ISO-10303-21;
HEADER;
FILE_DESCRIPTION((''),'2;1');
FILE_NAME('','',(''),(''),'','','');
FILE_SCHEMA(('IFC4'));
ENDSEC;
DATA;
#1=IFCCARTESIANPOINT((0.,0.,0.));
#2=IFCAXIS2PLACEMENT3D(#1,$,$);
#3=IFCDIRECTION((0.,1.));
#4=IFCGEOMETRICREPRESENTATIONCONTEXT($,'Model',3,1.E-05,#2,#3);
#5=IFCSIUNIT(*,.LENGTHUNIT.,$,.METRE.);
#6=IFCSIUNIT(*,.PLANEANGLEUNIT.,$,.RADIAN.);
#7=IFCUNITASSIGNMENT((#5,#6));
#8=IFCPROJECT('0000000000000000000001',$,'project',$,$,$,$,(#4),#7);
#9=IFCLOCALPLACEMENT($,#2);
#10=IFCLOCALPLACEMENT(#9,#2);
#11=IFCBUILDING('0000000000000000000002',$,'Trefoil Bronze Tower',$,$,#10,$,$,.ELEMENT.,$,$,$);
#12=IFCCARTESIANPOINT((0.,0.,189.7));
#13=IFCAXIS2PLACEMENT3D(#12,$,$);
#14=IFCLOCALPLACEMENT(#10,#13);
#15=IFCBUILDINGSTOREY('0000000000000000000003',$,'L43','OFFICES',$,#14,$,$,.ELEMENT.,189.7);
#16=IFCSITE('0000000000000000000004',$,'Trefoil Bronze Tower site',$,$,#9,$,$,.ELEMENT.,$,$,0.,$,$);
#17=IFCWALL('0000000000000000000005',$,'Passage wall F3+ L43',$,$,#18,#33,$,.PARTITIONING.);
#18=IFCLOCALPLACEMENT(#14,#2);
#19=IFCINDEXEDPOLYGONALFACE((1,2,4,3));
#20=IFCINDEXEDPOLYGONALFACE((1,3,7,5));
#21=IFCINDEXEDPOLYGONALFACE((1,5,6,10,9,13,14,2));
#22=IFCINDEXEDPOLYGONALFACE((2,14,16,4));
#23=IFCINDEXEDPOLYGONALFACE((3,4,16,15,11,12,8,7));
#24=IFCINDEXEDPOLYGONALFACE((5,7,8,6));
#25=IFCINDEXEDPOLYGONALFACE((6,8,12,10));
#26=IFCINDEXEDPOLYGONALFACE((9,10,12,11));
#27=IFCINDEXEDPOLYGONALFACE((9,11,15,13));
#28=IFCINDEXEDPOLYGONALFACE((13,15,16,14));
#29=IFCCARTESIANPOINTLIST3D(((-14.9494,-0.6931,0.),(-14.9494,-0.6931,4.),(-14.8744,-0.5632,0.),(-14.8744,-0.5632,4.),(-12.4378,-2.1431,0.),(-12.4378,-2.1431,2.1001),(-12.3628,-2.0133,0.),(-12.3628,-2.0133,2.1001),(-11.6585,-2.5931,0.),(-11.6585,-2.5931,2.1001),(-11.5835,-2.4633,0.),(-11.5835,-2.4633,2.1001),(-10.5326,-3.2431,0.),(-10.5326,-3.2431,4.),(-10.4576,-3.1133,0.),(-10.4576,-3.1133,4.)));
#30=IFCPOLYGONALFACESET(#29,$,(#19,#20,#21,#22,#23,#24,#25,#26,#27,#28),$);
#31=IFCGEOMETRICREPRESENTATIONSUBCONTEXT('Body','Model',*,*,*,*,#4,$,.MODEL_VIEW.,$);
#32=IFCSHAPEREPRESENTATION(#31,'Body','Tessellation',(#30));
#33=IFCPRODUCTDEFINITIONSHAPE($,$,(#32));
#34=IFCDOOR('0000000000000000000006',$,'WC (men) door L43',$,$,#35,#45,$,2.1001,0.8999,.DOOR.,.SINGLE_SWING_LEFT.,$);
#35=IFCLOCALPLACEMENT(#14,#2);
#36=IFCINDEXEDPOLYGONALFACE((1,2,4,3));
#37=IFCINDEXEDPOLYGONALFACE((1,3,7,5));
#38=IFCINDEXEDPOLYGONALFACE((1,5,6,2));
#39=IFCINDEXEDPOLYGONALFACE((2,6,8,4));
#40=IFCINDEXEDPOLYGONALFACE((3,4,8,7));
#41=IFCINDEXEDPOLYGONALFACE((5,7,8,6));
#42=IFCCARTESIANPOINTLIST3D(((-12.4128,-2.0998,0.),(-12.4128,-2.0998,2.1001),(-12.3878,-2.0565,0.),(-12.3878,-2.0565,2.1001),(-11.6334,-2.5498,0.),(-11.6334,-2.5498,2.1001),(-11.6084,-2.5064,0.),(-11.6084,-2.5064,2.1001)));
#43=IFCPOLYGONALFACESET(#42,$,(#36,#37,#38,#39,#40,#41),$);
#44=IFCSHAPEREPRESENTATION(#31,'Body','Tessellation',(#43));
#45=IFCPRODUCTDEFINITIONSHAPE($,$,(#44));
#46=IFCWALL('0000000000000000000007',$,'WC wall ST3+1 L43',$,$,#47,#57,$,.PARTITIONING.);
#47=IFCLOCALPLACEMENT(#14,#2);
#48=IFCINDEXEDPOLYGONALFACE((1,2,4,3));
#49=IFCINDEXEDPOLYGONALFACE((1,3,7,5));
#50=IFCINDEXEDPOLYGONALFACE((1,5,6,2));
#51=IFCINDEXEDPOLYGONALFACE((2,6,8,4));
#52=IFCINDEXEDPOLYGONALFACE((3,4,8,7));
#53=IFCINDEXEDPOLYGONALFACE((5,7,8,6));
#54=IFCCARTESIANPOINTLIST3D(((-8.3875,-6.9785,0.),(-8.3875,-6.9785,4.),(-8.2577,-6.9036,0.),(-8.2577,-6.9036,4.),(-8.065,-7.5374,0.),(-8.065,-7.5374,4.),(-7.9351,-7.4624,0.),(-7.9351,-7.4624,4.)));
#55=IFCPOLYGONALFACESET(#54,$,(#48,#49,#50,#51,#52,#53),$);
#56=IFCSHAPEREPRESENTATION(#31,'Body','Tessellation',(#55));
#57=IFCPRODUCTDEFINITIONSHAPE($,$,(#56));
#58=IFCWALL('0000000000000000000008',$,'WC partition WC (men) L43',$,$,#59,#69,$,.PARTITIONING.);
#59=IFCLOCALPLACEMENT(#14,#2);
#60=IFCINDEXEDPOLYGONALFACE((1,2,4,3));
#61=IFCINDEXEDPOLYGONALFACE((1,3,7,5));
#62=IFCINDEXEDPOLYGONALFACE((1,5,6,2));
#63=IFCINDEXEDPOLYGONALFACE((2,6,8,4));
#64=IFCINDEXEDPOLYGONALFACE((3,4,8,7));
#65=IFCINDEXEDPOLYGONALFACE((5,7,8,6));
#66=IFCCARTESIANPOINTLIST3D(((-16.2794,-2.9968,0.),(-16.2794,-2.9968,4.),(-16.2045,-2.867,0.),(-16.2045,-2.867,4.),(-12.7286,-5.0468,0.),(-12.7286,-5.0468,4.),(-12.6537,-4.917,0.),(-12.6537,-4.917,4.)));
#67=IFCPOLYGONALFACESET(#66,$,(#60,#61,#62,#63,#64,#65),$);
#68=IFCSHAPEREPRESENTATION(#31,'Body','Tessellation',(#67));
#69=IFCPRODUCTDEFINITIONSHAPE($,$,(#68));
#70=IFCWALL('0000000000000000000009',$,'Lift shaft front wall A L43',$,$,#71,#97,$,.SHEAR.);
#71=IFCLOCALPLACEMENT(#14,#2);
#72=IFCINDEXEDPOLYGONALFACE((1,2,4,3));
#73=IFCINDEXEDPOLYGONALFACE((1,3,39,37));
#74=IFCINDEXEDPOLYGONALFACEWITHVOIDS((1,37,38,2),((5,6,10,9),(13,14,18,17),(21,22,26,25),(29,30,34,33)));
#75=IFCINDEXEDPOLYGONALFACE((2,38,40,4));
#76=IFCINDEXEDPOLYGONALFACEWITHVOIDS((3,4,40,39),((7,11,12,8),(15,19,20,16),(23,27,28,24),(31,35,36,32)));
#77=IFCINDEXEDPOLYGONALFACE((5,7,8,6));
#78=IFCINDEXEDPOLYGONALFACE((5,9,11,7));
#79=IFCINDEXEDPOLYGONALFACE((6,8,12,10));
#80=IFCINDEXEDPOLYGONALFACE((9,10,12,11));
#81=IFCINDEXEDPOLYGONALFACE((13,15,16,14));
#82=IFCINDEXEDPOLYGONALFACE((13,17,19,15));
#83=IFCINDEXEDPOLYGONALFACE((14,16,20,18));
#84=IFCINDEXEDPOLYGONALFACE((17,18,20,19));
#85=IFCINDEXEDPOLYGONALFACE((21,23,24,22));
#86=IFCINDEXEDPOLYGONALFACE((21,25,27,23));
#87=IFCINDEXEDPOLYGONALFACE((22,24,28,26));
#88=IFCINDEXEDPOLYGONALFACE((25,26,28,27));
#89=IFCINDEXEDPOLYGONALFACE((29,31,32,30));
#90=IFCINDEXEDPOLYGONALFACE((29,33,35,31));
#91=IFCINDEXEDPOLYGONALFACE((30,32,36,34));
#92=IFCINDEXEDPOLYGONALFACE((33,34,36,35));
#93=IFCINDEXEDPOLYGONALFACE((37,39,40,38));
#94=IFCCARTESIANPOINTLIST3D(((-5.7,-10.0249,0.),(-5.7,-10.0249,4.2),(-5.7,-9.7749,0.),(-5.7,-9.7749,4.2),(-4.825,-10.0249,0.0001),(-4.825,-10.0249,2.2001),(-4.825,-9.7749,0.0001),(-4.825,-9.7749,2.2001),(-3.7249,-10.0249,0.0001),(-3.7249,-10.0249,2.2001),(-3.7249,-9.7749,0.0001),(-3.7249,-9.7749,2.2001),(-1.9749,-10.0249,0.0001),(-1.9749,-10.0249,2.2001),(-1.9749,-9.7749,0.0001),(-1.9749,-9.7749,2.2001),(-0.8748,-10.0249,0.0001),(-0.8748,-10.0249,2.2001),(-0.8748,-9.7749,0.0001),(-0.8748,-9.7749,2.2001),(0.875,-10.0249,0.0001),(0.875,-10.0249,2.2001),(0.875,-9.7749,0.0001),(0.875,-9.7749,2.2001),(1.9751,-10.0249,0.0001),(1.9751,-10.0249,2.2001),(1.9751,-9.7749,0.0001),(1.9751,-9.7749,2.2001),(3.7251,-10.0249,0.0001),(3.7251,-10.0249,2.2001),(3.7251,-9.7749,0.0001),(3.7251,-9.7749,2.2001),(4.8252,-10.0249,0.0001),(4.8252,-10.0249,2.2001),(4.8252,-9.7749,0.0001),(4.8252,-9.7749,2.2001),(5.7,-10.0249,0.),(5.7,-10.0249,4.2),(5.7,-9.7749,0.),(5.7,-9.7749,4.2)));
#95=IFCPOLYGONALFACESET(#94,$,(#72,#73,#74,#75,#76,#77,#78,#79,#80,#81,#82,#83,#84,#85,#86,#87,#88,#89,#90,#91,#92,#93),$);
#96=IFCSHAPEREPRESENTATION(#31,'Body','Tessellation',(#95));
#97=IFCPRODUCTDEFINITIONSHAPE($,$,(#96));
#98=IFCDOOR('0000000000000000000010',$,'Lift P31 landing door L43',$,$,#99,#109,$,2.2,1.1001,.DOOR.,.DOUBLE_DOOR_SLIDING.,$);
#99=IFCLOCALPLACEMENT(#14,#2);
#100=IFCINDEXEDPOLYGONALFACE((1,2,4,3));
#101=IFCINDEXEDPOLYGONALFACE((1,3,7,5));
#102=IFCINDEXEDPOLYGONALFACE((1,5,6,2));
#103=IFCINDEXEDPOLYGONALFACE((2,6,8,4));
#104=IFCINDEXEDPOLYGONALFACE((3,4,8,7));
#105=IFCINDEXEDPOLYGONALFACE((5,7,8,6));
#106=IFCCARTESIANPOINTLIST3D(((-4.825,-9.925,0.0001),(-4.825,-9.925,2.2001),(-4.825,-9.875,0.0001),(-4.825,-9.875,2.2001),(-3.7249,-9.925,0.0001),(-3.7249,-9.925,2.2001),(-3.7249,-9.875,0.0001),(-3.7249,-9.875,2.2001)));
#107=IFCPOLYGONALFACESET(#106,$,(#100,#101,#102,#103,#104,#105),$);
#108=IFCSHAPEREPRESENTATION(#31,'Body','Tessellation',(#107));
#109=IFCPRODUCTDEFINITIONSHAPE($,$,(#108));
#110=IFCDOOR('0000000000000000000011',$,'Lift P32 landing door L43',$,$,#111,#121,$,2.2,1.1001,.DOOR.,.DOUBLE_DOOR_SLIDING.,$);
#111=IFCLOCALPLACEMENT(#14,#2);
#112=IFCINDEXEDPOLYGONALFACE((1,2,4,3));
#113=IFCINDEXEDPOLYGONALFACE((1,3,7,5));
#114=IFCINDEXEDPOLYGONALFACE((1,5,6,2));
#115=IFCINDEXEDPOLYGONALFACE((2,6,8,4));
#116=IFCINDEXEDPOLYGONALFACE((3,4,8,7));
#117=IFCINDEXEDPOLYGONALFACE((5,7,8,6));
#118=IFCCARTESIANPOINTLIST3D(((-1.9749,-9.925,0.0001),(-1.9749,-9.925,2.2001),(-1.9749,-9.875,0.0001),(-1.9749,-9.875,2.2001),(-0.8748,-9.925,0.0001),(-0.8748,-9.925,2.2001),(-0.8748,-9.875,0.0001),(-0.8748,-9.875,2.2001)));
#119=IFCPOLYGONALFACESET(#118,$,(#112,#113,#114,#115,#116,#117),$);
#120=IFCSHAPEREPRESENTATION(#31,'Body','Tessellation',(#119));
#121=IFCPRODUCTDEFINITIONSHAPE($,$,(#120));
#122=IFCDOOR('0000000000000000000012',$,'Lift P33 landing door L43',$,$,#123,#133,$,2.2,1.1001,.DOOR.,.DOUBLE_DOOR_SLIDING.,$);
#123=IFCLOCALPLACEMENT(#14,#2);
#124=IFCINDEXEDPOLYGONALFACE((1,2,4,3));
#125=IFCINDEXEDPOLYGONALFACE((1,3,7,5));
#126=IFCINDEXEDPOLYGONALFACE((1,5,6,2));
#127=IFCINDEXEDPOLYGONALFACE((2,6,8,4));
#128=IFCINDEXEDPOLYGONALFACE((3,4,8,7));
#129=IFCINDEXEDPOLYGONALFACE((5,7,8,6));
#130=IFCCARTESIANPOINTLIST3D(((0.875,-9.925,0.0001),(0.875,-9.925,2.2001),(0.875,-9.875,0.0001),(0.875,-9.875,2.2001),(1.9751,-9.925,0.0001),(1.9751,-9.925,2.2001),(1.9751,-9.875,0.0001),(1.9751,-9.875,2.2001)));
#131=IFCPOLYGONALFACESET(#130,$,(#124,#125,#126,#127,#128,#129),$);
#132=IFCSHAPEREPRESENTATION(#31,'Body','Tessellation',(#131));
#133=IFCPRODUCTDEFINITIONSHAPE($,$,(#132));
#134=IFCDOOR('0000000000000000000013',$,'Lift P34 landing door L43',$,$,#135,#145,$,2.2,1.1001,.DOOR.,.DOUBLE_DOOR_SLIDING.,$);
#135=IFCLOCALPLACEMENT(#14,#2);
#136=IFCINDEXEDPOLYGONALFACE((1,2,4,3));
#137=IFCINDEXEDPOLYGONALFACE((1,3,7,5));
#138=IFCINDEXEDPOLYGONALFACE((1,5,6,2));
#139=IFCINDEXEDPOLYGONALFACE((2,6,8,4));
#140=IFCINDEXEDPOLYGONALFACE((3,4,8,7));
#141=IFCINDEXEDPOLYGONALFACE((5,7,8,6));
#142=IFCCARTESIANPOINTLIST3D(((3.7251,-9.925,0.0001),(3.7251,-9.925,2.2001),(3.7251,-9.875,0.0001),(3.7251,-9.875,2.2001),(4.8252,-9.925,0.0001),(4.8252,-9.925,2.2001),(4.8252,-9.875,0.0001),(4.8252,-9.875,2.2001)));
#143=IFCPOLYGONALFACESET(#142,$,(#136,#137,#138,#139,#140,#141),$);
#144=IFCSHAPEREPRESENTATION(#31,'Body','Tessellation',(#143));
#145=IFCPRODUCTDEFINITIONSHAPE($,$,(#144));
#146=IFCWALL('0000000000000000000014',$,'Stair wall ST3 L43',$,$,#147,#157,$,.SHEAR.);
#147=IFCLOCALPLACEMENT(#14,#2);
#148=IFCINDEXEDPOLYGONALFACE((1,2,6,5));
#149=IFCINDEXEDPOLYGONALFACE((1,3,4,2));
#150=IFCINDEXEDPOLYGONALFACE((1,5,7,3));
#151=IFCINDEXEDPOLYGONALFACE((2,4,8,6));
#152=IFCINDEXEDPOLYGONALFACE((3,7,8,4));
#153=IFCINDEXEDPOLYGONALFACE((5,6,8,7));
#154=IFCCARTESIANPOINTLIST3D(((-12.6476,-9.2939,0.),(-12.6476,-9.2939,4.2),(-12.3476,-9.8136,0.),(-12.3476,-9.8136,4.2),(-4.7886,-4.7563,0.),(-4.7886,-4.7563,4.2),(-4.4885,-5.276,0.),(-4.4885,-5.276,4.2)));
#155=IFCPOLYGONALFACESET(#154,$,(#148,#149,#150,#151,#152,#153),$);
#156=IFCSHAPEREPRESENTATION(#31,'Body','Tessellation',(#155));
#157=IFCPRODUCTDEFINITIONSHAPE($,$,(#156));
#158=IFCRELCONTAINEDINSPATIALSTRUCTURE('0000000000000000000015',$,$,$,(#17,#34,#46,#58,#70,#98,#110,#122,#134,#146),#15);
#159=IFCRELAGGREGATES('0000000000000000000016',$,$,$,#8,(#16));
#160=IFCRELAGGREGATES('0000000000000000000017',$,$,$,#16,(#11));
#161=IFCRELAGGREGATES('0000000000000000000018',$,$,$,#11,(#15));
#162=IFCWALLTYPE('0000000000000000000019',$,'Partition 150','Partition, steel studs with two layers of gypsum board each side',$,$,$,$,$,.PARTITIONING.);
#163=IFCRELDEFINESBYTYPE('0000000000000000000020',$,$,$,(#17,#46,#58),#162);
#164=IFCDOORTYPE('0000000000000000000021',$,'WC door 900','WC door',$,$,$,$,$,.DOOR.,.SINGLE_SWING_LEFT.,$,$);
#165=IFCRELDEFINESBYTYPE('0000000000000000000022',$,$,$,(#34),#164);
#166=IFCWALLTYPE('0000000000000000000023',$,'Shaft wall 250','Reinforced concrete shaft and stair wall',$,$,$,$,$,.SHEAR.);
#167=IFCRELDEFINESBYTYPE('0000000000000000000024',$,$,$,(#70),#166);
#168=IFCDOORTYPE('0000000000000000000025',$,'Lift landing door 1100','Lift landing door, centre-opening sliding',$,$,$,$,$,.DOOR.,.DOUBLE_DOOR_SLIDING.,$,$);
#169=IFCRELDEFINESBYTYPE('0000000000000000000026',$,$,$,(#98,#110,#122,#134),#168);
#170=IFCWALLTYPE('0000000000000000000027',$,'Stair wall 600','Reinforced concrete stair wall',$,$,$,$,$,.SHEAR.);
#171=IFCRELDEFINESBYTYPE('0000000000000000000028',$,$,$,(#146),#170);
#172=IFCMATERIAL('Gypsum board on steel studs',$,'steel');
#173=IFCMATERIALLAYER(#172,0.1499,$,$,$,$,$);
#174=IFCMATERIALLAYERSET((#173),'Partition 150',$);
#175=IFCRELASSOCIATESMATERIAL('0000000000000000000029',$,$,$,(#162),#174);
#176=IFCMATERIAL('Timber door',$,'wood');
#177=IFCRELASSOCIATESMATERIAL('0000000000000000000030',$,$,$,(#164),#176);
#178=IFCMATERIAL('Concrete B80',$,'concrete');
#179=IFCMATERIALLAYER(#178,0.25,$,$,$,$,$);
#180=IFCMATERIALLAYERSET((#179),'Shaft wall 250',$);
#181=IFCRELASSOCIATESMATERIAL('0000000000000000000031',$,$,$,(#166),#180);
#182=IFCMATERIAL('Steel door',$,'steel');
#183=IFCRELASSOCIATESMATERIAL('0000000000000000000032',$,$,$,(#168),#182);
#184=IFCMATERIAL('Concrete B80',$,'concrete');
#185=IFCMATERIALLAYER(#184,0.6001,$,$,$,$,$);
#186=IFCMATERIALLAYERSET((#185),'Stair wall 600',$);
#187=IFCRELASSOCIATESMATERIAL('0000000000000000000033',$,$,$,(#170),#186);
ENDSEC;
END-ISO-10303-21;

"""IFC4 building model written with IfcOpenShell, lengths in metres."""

from ifc_helpers import new_model, si_unit, direction, frame, frame_2d, origin, place, context, subcontext, project, spatial, rectangle, extrude, material, layer, layer_set, type_object, element, fill, save


model = new_model("IFC4")

# Units and contexts
model_context = context("Model", 3, precision=1e-05, world=origin(), true_north=direction((0.0, 1.0)))
body_context = subcontext(model_context, "Body", "Model", "MODEL_VIEW")
ifc_project = project(units=[si_unit("LENGTHUNIT", "METRE"), si_unit("PLANEANGLEUNIT", "RADIAN")], contexts=[model_context])

# Site, building, storey
site_placement = place(None, origin())
site = spatial("IfcSite", under=ifc_project, at=site_placement, Name="Trefoil Bronze Tower site", CompositionType="ELEMENT", RefElevation=0.0)
building_placement = place(site_placement, origin())
building = spatial("IfcBuilding", under=site, at=building_placement, Name="Trefoil Bronze Tower", CompositionType="ELEMENT")
storey_placement = place(building_placement, frame((0.0, 0.0, 189.7)))
storey = spatial("IfcBuildingStorey", under=building, at=storey_placement, Name="L43", Description="OFFICES", CompositionType="ELEMENT", Elevation=189.7)

# Wall, opening, door
ifc_material_1 = material(Name="Gypsum board on steel studs", Category="steel")
ifc_layer_1 = layer(ifc_material_1, 0.1499)
ifc_layer_set_1 = layer_set([ifc_layer_1], Name="Partition 150")
wall_type_1 = type_object("IfcWallType", Name="Partition 150", Description="Partition, steel studs with two layers of gypsum board each side", PredefinedType="PARTITIONING", material=ifc_layer_set_1)
ifc_material_2 = material(Name="Timber door", Category="wood")
door_type_1 = type_object("IfcDoorType", Name="WC door 900", Description="WC door", OperationType="SINGLE_SWING_LEFT", PredefinedType="DOOR", material=ifc_material_2)
wall_1_placement = place(storey_placement, frame((-10.4951, -3.1782, 0.0), z_axis=(0.0, 0.0, 1.0), x_axis=(-0.866022, 0.500006, 0.0)))
wall_1 = element("IfcWall", 1, at=wall_1_placement, inside=storey, type_object=wall_type_1, Name="Passage wall F3+ L43", PredefinedType="PARTITIONING", context=body_context, shape_type="SweptSolid", body=[
    extrude(rectangle(XDim=5.1001, YDim=0.1499, at=frame_2d((2.55, 0.0))), origin(), (0.0, 0.0, 1.0), 4.0),
])
opening_1_placement = place(wall_1_placement, frame((1.3, 0.0, 0.0)))
opening_1 = element("IfcOpeningElement", 2, at=opening_1_placement, cuts=wall_1, PredefinedType="OPENING", context=body_context, shape_type="SweptSolid", body=[
    extrude(rectangle(XDim=0.8999, YDim=2.1001, at=frame_2d((0.45, 1.05))), frame((0.0, 0.085, 0.0), z_axis=(0.0, -1.0, 0.0), x_axis=(1.0, 0.0, 0.0)), (0.0, 0.0, 1.0), 0.1699),
])
door_1_placement = place(opening_1_placement, origin())
door_1 = element("IfcDoor", 3, at=door_1_placement, inside=storey, type_object=door_type_1, Name="WC (men) door L43", OperationType="SINGLE_SWING_LEFT", OverallHeight=2.1001, OverallWidth=0.8999, PredefinedType="DOOR", context=body_context, shape_type="SweptSolid", body=[
    extrude(rectangle(XDim=0.8999, YDim=2.1001, at=frame_2d((0.45, 1.05))), frame((0.0, 0.0249, 0.0), z_axis=(0.0, -1.0, 0.0), x_axis=(1.0, 0.0, 0.0)), (0.0, 0.0, 1.0), 0.05),
])
fill(opening_1, door_1)

# Walls
wall_2_placement = place(storey_placement, frame((-8.0, -7.5, 0.0), z_axis=(0.0, 0.0, 1.0), x_axis=(-0.499843, 0.866116, 0.0)))
element("IfcWall", 4, at=wall_2_placement, inside=storey, type_object=wall_type_1, Name="WC wall ST3+1 L43", PredefinedType="PARTITIONING", context=body_context, shape_type="SweptSolid", body=[
    extrude(rectangle(XDim=0.6453, YDim=0.1499, at=frame_2d((0.3228, 0.0))), origin(), (0.0, 0.0, 1.0), 4.0),
])
wall_3_placement = place(storey_placement, frame((-12.6912, -4.9819, 0.0), z_axis=(0.0, 0.0, 1.0), x_axis=(-0.866025, 0.500001, 0.0)))
element("IfcWall", 5, at=wall_3_placement, inside=storey, type_object=wall_type_1, Name="WC partition WC (men) L43", PredefinedType="PARTITIONING", context=body_context, shape_type="SweptSolid", body=[
    extrude(rectangle(XDim=4.1001, YDim=0.1499, at=frame_2d((2.05, 0.0))), origin(), (0.0, 0.0, 1.0), 4.0),
])

# Wall, openings, doors
ifc_material_3 = material(Name="Concrete B80", Category="concrete")
ifc_layer_2 = layer(ifc_material_3, 0.25)
ifc_layer_set_2 = layer_set([ifc_layer_2], Name="Shaft wall 250")
wall_type_2 = type_object("IfcWallType", Name="Shaft wall 250", Description="Reinforced concrete shaft and stair wall", PredefinedType="SHEAR", material=ifc_layer_set_2)
wall_4_placement = place(storey_placement, frame((-5.7, -9.8999, 0.0), z_axis=(0.0, 0.0, 1.0), x_axis=(1.0, 0.0, 0.0)))
wall_4 = element("IfcWall", 6, at=wall_4_placement, inside=storey, type_object=wall_type_2, Name="Lift shaft front wall A L43", PredefinedType="SHEAR", context=body_context, shape_type="SweptSolid", body=[
    extrude(rectangle(XDim=11.3999, YDim=0.25, at=frame_2d((5.7, 0.0))), origin(), (0.0, 0.0, 1.0), 4.2),
])
opening_2_placement = place(wall_4_placement, frame((0.875, 0.0, 0.0)))
opening_2 = element("IfcOpeningElement", 7, at=opening_2_placement, cuts=wall_4, PredefinedType="OPENING", context=body_context, shape_type="SweptSolid", body=[
    extrude(rectangle(XDim=1.1001, YDim=2.2, at=frame_2d((0.55, 1.1001))), frame((0.0, 0.135, 0.0), z_axis=(0.0, -1.0, 0.0), x_axis=(1.0, 0.0, 0.0)), (0.0, 0.0, 1.0), 0.27),
])
opening_3_placement = place(wall_4_placement, frame((3.7251, 0.0, 0.0)))
opening_3 = element("IfcOpeningElement", 8, at=opening_3_placement, cuts=wall_4, PredefinedType="OPENING", context=body_context, shape_type="SweptSolid", body=[
    extrude(rectangle(XDim=1.1001, YDim=2.2, at=frame_2d((0.55, 1.1001))), frame((0.0, 0.135, 0.0), z_axis=(0.0, -1.0, 0.0), x_axis=(1.0, 0.0, 0.0)), (0.0, 0.0, 1.0), 0.27),
])
opening_4_placement = place(wall_4_placement, frame((6.575, 0.0, 0.0)))
opening_4 = element("IfcOpeningElement", 9, at=opening_4_placement, cuts=wall_4, PredefinedType="OPENING", context=body_context, shape_type="SweptSolid", body=[
    extrude(rectangle(XDim=1.1001, YDim=2.2, at=frame_2d((0.55, 1.1001))), frame((0.0, 0.135, 0.0), z_axis=(0.0, -1.0, 0.0), x_axis=(1.0, 0.0, 0.0)), (0.0, 0.0, 1.0), 0.27),
])
opening_5_placement = place(wall_4_placement, frame((9.425, 0.0, 0.0)))
opening_5 = element("IfcOpeningElement", 10, at=opening_5_placement, cuts=wall_4, PredefinedType="OPENING", context=body_context, shape_type="SweptSolid", body=[
    extrude(rectangle(XDim=1.1001, YDim=2.2, at=frame_2d((0.55, 1.1001))), frame((0.0, 0.135, 0.0), z_axis=(0.0, -1.0, 0.0), x_axis=(1.0, 0.0, 0.0)), (0.0, 0.0, 1.0), 0.27),
])
ifc_material_4 = material(Name="Steel door", Category="steel")
door_type_2 = type_object("IfcDoorType", Name="Lift landing door 1100", Description="Lift landing door, centre-opening sliding", OperationType="DOUBLE_DOOR_SLIDING", PredefinedType="DOOR", material=ifc_material_4)
door_2_placement = place(opening_2_placement, origin())
door_2 = element("IfcDoor", 11, at=door_2_placement, inside=storey, type_object=door_type_2, Name="Lift P31 landing door L43", OperationType="DOUBLE_DOOR_SLIDING", OverallHeight=2.2, OverallWidth=1.1001, PredefinedType="DOOR", context=body_context, shape_type="SweptSolid", body=[
    extrude(rectangle(XDim=1.1001, YDim=2.2, at=frame_2d((0.55, 1.1001))), frame((0.0, 0.0249, 0.0), z_axis=(0.0, -1.0, 0.0), x_axis=(1.0, 0.0, 0.0)), (0.0, 0.0, 1.0), 0.05),
])
fill(opening_2, door_2)
door_3_placement = place(opening_3_placement, origin())
door_3 = element("IfcDoor", 12, at=door_3_placement, inside=storey, type_object=door_type_2, Name="Lift P32 landing door L43", OperationType="DOUBLE_DOOR_SLIDING", OverallHeight=2.2, OverallWidth=1.1001, PredefinedType="DOOR", context=body_context, shape_type="SweptSolid", body=[
    extrude(rectangle(XDim=1.1001, YDim=2.2, at=frame_2d((0.55, 1.1001))), frame((0.0, 0.0249, 0.0), z_axis=(0.0, -1.0, 0.0), x_axis=(1.0, 0.0, 0.0)), (0.0, 0.0, 1.0), 0.05),
])
fill(opening_3, door_3)
door_4_placement = place(opening_4_placement, origin())
door_4 = element("IfcDoor", 13, at=door_4_placement, inside=storey, type_object=door_type_2, Name="Lift P33 landing door L43", OperationType="DOUBLE_DOOR_SLIDING", OverallHeight=2.2, OverallWidth=1.1001, PredefinedType="DOOR", context=body_context, shape_type="SweptSolid", body=[
    extrude(rectangle(XDim=1.1001, YDim=2.2, at=frame_2d((0.55, 1.1001))), frame((0.0, 0.0249, 0.0), z_axis=(0.0, -1.0, 0.0), x_axis=(1.0, 0.0, 0.0)), (0.0, 0.0, 1.0), 0.05),
])
fill(opening_4, door_4)
door_5_placement = place(opening_5_placement, origin())
door_5 = element("IfcDoor", 14, at=door_5_placement, inside=storey, type_object=door_type_2, Name="Lift P34 landing door L43", OperationType="DOUBLE_DOOR_SLIDING", OverallHeight=2.2, OverallWidth=1.1001, PredefinedType="DOOR", context=body_context, shape_type="SweptSolid", body=[
    extrude(rectangle(XDim=1.1001, YDim=2.2, at=frame_2d((0.55, 1.1001))), frame((0.0, 0.0249, 0.0), z_axis=(0.0, -1.0, 0.0), x_axis=(1.0, 0.0, 0.0)), (0.0, 0.0, 1.0), 0.05),
])
fill(opening_5, door_5)

# Wall
ifc_material_5 = material(Name="Concrete B80", Category="concrete")
ifc_layer_3 = layer(ifc_material_5, 0.6001)
ifc_layer_set_3 = layer_set([ifc_layer_3], Name="Stair wall 600")
wall_type_3 = type_object("IfcWallType", Name="Stair wall 600", Description="Reinforced concrete stair wall", PredefinedType="SHEAR", material=ifc_layer_set_3)
wall_5_placement = place(storey_placement, frame((-4.6384, -5.0161, 0.0), z_axis=(0.0, 0.0, 1.0), x_axis=(-0.866019, -0.50001, 0.0)))
element("IfcWall", 15, at=wall_5_placement, inside=storey, type_object=wall_type_3, Name="Stair wall ST3 L43", PredefinedType="SHEAR", context=body_context, shape_type="SweptSolid", body=[
    extrude(rectangle(XDim=9.075, YDim=0.6001, at=frame_2d((4.5376, 0.0))), origin(), (0.0, 0.0, 1.0), 4.2),
])

save(model, "model.ifc")
